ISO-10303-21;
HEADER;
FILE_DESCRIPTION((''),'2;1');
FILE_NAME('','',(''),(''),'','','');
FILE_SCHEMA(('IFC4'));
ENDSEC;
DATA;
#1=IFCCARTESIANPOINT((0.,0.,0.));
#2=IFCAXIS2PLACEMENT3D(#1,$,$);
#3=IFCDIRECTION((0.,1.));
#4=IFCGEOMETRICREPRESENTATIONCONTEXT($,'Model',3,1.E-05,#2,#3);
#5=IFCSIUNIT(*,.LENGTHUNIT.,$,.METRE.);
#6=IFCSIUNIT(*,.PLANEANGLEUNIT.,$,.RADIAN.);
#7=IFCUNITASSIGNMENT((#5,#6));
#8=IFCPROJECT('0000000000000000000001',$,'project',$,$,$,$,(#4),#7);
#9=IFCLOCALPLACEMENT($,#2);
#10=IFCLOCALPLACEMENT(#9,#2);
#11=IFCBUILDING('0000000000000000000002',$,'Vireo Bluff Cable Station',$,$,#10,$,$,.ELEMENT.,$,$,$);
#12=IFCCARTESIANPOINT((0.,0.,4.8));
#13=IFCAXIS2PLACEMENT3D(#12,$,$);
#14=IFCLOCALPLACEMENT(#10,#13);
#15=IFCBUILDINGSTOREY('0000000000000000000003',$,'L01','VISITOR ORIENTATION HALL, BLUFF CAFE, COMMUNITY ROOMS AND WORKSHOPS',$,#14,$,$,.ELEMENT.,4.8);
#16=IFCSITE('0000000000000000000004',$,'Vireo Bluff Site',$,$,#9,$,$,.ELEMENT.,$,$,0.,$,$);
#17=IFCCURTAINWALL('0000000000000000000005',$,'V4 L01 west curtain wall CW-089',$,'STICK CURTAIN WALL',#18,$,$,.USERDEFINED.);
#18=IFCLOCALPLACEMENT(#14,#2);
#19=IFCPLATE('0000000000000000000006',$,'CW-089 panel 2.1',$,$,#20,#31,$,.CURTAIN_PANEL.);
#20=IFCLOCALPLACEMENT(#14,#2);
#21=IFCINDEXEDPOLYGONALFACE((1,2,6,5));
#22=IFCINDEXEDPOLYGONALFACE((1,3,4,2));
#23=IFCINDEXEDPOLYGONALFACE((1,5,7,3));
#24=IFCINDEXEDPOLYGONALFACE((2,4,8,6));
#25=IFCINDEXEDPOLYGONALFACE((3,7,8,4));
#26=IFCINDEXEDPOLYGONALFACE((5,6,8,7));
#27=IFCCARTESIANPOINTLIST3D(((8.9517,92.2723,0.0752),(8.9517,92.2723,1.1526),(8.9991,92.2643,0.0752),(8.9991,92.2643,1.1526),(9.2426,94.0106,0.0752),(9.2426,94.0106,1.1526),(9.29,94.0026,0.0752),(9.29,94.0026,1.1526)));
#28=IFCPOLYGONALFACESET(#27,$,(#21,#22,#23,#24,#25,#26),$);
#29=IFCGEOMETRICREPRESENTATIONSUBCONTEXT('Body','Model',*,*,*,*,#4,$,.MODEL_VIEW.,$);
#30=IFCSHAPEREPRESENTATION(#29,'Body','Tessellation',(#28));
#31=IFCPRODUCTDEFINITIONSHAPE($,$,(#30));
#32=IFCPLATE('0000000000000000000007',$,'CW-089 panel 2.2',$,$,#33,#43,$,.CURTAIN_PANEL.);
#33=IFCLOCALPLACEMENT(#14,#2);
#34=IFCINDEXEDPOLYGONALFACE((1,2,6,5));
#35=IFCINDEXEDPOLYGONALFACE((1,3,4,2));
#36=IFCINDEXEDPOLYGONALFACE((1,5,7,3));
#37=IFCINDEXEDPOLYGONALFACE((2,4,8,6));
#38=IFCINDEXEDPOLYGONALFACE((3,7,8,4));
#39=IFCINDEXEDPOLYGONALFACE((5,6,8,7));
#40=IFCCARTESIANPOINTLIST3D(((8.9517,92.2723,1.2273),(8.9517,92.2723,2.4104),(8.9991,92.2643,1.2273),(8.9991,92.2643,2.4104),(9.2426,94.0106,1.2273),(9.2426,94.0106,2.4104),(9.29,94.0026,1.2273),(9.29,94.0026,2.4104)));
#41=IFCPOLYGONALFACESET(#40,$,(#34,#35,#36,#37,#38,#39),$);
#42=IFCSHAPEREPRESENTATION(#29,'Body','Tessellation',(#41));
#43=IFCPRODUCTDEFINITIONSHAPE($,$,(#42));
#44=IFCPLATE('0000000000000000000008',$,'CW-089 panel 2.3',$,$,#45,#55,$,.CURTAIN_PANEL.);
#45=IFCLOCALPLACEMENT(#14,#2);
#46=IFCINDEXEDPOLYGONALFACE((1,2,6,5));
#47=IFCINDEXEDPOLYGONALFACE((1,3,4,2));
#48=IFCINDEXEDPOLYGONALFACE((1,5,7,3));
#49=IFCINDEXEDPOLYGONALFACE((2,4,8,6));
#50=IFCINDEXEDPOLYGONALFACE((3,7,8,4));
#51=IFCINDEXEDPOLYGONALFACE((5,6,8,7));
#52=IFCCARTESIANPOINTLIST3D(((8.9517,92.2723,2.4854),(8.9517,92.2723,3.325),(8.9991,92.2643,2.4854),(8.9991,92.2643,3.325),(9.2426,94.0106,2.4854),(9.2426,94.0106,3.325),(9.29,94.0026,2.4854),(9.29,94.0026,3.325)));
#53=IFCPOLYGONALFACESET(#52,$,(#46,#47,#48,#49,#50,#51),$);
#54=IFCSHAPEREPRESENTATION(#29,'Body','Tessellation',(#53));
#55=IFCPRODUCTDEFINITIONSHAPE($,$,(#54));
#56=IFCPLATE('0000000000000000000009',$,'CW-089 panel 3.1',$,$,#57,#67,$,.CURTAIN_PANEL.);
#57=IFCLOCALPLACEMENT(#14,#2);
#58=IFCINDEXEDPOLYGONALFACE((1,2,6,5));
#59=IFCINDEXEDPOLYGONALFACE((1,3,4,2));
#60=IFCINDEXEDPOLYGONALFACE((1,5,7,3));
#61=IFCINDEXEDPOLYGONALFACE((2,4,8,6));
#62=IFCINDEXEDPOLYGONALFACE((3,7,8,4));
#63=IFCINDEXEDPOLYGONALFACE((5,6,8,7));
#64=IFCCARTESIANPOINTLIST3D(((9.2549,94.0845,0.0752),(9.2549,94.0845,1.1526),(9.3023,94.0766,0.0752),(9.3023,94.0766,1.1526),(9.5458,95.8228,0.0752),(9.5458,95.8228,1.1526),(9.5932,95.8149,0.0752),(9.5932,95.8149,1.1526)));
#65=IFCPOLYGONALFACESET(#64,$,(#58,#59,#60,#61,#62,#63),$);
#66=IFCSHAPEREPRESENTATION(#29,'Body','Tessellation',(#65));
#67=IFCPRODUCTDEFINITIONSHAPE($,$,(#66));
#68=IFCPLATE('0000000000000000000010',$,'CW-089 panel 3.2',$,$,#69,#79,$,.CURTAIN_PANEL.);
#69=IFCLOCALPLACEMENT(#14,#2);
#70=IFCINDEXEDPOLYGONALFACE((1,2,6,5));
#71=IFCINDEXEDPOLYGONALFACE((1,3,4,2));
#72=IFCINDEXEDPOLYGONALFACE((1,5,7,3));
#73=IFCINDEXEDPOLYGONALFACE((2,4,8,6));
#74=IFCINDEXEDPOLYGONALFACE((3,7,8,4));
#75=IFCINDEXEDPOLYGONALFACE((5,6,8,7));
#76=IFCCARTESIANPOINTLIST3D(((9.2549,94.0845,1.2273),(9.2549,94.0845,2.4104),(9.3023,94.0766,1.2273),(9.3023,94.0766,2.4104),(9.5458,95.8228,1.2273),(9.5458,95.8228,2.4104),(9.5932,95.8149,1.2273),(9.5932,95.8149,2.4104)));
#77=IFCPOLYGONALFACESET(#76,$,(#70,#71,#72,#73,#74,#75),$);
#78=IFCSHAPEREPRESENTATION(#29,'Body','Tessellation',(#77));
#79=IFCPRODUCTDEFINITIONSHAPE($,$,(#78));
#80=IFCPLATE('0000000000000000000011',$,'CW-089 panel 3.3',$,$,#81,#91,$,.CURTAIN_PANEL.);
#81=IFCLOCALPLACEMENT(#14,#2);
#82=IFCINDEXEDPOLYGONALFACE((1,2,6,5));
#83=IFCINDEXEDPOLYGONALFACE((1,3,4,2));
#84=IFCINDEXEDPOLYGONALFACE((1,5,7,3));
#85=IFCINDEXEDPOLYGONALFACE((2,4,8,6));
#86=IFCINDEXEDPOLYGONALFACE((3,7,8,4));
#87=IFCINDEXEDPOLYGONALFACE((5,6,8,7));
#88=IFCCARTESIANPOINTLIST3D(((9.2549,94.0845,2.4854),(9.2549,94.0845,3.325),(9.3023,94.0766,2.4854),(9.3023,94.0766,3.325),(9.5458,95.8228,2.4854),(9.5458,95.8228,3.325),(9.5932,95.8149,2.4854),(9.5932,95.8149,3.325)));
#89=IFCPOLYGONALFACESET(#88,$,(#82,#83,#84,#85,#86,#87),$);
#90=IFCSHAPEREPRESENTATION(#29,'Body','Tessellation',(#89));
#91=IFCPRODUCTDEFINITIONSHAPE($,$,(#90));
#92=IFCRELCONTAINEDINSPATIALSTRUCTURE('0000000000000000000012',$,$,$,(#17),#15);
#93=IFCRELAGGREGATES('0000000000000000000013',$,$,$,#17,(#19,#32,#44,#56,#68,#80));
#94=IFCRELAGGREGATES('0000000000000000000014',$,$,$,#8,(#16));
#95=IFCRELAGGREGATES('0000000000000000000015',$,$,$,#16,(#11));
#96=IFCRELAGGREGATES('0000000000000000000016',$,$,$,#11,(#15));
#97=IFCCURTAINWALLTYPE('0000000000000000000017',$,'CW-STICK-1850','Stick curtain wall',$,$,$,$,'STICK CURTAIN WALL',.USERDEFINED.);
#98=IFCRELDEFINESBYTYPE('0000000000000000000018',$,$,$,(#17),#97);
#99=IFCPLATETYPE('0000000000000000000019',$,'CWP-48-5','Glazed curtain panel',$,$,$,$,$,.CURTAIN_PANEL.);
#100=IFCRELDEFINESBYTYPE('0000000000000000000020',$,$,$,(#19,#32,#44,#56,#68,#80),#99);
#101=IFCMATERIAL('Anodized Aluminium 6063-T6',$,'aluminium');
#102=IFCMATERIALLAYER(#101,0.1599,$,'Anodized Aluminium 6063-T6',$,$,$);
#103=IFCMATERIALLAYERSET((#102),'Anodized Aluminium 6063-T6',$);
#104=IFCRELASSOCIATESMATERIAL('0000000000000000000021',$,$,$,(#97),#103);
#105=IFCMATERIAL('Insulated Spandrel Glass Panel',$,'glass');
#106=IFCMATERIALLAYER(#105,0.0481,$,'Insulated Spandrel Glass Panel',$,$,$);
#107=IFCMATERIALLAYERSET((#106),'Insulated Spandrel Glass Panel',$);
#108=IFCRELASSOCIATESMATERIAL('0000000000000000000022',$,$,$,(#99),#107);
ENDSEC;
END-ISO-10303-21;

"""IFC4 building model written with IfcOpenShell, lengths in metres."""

from ifc_helpers import new_model, si_unit, direction, frame, origin, origin_2d, place, context, subcontext, project, spatial, rectangle, extrude, material, layer, layer_set, type_object, element, aggregate, save


model = new_model("IFC4")

# Units and contexts
model_context = context("Model", 3, precision=1e-05, world=origin(), true_north=direction((0.0, 1.0)))
body_context = subcontext(model_context, "Body", "Model", "MODEL_VIEW")
ifc_project = project(units=[si_unit("LENGTHUNIT", "METRE"), si_unit("PLANEANGLEUNIT", "RADIAN")], contexts=[model_context])

# Site, building, storey
site_placement = place(None, origin())
site = spatial("IfcSite", under=ifc_project, at=site_placement, Name="Vireo Bluff Site", CompositionType="ELEMENT", RefElevation=0.0)
building_placement = place(site_placement, origin())
building = spatial("IfcBuilding", under=site, at=building_placement, Name="Vireo Bluff Cable Station", CompositionType="ELEMENT")
storey_placement = place(building_placement, frame((0.0, 0.0, 4.8)))
storey = spatial("IfcBuildingStorey", under=building, at=storey_placement, Name="L01", Description="VISITOR ORIENTATION HALL, BLUFF CAFE, COMMUNITY ROOMS AND WORKSHOPS", CompositionType="ELEMENT", Elevation=4.8)

# Curtain wall
ifc_material_1 = material(Name="Anodized Aluminium 6063-T6", Category="aluminium")
ifc_layer_1 = layer(ifc_material_1, 0.1599, Name="Anodized Aluminium 6063-T6")
ifc_layer_set_1 = layer_set([ifc_layer_1], Name="Anodized Aluminium 6063-T6")
curtain_wall_type = type_object("IfcCurtainWallType", Name="CW-STICK-1850", Description="Stick curtain wall", ElementType="STICK CURTAIN WALL", PredefinedType="USERDEFINED", material=ifc_layer_set_1)
curtain_wall_placement = place(storey_placement, origin())
curtain_wall = element("IfcCurtainWall", 1, at=curtain_wall_placement, inside=storey, type_object=curtain_wall_type, Name="V4 L01 west curtain wall CW-089", ObjectType="STICK CURTAIN WALL", PredefinedType="USERDEFINED")

# Plates
ifc_material_2 = material(Name="Insulated Spandrel Glass Panel", Category="glass")
ifc_layer_2 = layer(ifc_material_2, 0.0481, Name="Insulated Spandrel Glass Panel")
ifc_layer_set_2 = layer_set([ifc_layer_2], Name="Insulated Spandrel Glass Panel")
plate_type = type_object("IfcPlateType", Name="CWP-48-5", Description="Glazed curtain panel", PredefinedType="CURTAIN_PANEL", material=ifc_layer_set_2)
plate_1_placement = place(storey_placement, frame((9.1208, 93.1375, 0.0752), z_axis=(0.0, 0.0, 1.0), x_axis=(0.165048, 0.986286, 0.0)))
plate_1 = element("IfcPlate", 2, at=plate_1_placement, type_object=plate_type, Name="CW-089 panel 2.1", PredefinedType="CURTAIN_PANEL", context=body_context, shape_type="SweptSolid", body=[
    extrude(rectangle(XDim=1.7625, YDim=0.0481, at=origin_2d()), origin(), (0.0, 0.0, 1.0), 1.0774),
])
plate_2_placement = place(storey_placement, frame((9.1208, 93.1375, 1.2273), z_axis=(0.0, 0.0, 1.0), x_axis=(0.165048, 0.986286, 0.0)))
plate_2 = element("IfcPlate", 3, at=plate_2_placement, type_object=plate_type, Name="CW-089 panel 2.2", PredefinedType="CURTAIN_PANEL", context=body_context, shape_type="SweptSolid", body=[
    extrude(rectangle(XDim=1.7625, YDim=0.0481, at=origin_2d()), origin(), (0.0, 0.0, 1.0), 1.1831),
])
plate_3_placement = place(storey_placement, frame((9.1208, 93.1375, 2.4854), z_axis=(0.0, 0.0, 1.0), x_axis=(0.165048, 0.986286, 0.0)))
plate_3 = element("IfcPlate", 4, at=plate_3_placement, type_object=plate_type, Name="CW-089 panel 2.3", PredefinedType="CURTAIN_PANEL", context=body_context, shape_type="SweptSolid", body=[
    extrude(rectangle(XDim=1.7625, YDim=0.0481, at=origin_2d()), origin(), (0.0, 0.0, 1.0), 0.8396),
])
plate_4_placement = place(storey_placement, frame((9.4241, 94.9497, 0.0752), z_axis=(0.0, 0.0, 1.0), x_axis=(0.165048, 0.986286, 0.0)))
plate_4 = element("IfcPlate", 5, at=plate_4_placement, type_object=plate_type, Name="CW-089 panel 3.1", PredefinedType="CURTAIN_PANEL", context=body_context, shape_type="SweptSolid", body=[
    extrude(rectangle(XDim=1.7625, YDim=0.0481, at=origin_2d()), origin(), (0.0, 0.0, 1.0), 1.0774),
])
plate_5_placement = place(storey_placement, frame((9.4241, 94.9497, 1.2273), z_axis=(0.0, 0.0, 1.0), x_axis=(0.165048, 0.986286, 0.0)))
plate_5 = element("IfcPlate", 6, at=plate_5_placement, type_object=plate_type, Name="CW-089 panel 3.2", PredefinedType="CURTAIN_PANEL", context=body_context, shape_type="SweptSolid", body=[
    extrude(rectangle(XDim=1.7625, YDim=0.0481, at=origin_2d()), origin(), (0.0, 0.0, 1.0), 1.1831),
])
plate_6_placement = place(storey_placement, frame((9.4241, 94.9497, 2.4854), z_axis=(0.0, 0.0, 1.0), x_axis=(0.165048, 0.986286, 0.0)))
plate_6 = element("IfcPlate", 7, at=plate_6_placement, type_object=plate_type, Name="CW-089 panel 3.3", PredefinedType="CURTAIN_PANEL", context=body_context, shape_type="SweptSolid", body=[
    extrude(rectangle(XDim=1.7625, YDim=0.0481, at=origin_2d()), origin(), (0.0, 0.0, 1.0), 0.8396),
])
aggregate(curtain_wall, [plate_1, plate_2, plate_3, plate_4, plate_5, plate_6])

save(model, "model.ifc")
